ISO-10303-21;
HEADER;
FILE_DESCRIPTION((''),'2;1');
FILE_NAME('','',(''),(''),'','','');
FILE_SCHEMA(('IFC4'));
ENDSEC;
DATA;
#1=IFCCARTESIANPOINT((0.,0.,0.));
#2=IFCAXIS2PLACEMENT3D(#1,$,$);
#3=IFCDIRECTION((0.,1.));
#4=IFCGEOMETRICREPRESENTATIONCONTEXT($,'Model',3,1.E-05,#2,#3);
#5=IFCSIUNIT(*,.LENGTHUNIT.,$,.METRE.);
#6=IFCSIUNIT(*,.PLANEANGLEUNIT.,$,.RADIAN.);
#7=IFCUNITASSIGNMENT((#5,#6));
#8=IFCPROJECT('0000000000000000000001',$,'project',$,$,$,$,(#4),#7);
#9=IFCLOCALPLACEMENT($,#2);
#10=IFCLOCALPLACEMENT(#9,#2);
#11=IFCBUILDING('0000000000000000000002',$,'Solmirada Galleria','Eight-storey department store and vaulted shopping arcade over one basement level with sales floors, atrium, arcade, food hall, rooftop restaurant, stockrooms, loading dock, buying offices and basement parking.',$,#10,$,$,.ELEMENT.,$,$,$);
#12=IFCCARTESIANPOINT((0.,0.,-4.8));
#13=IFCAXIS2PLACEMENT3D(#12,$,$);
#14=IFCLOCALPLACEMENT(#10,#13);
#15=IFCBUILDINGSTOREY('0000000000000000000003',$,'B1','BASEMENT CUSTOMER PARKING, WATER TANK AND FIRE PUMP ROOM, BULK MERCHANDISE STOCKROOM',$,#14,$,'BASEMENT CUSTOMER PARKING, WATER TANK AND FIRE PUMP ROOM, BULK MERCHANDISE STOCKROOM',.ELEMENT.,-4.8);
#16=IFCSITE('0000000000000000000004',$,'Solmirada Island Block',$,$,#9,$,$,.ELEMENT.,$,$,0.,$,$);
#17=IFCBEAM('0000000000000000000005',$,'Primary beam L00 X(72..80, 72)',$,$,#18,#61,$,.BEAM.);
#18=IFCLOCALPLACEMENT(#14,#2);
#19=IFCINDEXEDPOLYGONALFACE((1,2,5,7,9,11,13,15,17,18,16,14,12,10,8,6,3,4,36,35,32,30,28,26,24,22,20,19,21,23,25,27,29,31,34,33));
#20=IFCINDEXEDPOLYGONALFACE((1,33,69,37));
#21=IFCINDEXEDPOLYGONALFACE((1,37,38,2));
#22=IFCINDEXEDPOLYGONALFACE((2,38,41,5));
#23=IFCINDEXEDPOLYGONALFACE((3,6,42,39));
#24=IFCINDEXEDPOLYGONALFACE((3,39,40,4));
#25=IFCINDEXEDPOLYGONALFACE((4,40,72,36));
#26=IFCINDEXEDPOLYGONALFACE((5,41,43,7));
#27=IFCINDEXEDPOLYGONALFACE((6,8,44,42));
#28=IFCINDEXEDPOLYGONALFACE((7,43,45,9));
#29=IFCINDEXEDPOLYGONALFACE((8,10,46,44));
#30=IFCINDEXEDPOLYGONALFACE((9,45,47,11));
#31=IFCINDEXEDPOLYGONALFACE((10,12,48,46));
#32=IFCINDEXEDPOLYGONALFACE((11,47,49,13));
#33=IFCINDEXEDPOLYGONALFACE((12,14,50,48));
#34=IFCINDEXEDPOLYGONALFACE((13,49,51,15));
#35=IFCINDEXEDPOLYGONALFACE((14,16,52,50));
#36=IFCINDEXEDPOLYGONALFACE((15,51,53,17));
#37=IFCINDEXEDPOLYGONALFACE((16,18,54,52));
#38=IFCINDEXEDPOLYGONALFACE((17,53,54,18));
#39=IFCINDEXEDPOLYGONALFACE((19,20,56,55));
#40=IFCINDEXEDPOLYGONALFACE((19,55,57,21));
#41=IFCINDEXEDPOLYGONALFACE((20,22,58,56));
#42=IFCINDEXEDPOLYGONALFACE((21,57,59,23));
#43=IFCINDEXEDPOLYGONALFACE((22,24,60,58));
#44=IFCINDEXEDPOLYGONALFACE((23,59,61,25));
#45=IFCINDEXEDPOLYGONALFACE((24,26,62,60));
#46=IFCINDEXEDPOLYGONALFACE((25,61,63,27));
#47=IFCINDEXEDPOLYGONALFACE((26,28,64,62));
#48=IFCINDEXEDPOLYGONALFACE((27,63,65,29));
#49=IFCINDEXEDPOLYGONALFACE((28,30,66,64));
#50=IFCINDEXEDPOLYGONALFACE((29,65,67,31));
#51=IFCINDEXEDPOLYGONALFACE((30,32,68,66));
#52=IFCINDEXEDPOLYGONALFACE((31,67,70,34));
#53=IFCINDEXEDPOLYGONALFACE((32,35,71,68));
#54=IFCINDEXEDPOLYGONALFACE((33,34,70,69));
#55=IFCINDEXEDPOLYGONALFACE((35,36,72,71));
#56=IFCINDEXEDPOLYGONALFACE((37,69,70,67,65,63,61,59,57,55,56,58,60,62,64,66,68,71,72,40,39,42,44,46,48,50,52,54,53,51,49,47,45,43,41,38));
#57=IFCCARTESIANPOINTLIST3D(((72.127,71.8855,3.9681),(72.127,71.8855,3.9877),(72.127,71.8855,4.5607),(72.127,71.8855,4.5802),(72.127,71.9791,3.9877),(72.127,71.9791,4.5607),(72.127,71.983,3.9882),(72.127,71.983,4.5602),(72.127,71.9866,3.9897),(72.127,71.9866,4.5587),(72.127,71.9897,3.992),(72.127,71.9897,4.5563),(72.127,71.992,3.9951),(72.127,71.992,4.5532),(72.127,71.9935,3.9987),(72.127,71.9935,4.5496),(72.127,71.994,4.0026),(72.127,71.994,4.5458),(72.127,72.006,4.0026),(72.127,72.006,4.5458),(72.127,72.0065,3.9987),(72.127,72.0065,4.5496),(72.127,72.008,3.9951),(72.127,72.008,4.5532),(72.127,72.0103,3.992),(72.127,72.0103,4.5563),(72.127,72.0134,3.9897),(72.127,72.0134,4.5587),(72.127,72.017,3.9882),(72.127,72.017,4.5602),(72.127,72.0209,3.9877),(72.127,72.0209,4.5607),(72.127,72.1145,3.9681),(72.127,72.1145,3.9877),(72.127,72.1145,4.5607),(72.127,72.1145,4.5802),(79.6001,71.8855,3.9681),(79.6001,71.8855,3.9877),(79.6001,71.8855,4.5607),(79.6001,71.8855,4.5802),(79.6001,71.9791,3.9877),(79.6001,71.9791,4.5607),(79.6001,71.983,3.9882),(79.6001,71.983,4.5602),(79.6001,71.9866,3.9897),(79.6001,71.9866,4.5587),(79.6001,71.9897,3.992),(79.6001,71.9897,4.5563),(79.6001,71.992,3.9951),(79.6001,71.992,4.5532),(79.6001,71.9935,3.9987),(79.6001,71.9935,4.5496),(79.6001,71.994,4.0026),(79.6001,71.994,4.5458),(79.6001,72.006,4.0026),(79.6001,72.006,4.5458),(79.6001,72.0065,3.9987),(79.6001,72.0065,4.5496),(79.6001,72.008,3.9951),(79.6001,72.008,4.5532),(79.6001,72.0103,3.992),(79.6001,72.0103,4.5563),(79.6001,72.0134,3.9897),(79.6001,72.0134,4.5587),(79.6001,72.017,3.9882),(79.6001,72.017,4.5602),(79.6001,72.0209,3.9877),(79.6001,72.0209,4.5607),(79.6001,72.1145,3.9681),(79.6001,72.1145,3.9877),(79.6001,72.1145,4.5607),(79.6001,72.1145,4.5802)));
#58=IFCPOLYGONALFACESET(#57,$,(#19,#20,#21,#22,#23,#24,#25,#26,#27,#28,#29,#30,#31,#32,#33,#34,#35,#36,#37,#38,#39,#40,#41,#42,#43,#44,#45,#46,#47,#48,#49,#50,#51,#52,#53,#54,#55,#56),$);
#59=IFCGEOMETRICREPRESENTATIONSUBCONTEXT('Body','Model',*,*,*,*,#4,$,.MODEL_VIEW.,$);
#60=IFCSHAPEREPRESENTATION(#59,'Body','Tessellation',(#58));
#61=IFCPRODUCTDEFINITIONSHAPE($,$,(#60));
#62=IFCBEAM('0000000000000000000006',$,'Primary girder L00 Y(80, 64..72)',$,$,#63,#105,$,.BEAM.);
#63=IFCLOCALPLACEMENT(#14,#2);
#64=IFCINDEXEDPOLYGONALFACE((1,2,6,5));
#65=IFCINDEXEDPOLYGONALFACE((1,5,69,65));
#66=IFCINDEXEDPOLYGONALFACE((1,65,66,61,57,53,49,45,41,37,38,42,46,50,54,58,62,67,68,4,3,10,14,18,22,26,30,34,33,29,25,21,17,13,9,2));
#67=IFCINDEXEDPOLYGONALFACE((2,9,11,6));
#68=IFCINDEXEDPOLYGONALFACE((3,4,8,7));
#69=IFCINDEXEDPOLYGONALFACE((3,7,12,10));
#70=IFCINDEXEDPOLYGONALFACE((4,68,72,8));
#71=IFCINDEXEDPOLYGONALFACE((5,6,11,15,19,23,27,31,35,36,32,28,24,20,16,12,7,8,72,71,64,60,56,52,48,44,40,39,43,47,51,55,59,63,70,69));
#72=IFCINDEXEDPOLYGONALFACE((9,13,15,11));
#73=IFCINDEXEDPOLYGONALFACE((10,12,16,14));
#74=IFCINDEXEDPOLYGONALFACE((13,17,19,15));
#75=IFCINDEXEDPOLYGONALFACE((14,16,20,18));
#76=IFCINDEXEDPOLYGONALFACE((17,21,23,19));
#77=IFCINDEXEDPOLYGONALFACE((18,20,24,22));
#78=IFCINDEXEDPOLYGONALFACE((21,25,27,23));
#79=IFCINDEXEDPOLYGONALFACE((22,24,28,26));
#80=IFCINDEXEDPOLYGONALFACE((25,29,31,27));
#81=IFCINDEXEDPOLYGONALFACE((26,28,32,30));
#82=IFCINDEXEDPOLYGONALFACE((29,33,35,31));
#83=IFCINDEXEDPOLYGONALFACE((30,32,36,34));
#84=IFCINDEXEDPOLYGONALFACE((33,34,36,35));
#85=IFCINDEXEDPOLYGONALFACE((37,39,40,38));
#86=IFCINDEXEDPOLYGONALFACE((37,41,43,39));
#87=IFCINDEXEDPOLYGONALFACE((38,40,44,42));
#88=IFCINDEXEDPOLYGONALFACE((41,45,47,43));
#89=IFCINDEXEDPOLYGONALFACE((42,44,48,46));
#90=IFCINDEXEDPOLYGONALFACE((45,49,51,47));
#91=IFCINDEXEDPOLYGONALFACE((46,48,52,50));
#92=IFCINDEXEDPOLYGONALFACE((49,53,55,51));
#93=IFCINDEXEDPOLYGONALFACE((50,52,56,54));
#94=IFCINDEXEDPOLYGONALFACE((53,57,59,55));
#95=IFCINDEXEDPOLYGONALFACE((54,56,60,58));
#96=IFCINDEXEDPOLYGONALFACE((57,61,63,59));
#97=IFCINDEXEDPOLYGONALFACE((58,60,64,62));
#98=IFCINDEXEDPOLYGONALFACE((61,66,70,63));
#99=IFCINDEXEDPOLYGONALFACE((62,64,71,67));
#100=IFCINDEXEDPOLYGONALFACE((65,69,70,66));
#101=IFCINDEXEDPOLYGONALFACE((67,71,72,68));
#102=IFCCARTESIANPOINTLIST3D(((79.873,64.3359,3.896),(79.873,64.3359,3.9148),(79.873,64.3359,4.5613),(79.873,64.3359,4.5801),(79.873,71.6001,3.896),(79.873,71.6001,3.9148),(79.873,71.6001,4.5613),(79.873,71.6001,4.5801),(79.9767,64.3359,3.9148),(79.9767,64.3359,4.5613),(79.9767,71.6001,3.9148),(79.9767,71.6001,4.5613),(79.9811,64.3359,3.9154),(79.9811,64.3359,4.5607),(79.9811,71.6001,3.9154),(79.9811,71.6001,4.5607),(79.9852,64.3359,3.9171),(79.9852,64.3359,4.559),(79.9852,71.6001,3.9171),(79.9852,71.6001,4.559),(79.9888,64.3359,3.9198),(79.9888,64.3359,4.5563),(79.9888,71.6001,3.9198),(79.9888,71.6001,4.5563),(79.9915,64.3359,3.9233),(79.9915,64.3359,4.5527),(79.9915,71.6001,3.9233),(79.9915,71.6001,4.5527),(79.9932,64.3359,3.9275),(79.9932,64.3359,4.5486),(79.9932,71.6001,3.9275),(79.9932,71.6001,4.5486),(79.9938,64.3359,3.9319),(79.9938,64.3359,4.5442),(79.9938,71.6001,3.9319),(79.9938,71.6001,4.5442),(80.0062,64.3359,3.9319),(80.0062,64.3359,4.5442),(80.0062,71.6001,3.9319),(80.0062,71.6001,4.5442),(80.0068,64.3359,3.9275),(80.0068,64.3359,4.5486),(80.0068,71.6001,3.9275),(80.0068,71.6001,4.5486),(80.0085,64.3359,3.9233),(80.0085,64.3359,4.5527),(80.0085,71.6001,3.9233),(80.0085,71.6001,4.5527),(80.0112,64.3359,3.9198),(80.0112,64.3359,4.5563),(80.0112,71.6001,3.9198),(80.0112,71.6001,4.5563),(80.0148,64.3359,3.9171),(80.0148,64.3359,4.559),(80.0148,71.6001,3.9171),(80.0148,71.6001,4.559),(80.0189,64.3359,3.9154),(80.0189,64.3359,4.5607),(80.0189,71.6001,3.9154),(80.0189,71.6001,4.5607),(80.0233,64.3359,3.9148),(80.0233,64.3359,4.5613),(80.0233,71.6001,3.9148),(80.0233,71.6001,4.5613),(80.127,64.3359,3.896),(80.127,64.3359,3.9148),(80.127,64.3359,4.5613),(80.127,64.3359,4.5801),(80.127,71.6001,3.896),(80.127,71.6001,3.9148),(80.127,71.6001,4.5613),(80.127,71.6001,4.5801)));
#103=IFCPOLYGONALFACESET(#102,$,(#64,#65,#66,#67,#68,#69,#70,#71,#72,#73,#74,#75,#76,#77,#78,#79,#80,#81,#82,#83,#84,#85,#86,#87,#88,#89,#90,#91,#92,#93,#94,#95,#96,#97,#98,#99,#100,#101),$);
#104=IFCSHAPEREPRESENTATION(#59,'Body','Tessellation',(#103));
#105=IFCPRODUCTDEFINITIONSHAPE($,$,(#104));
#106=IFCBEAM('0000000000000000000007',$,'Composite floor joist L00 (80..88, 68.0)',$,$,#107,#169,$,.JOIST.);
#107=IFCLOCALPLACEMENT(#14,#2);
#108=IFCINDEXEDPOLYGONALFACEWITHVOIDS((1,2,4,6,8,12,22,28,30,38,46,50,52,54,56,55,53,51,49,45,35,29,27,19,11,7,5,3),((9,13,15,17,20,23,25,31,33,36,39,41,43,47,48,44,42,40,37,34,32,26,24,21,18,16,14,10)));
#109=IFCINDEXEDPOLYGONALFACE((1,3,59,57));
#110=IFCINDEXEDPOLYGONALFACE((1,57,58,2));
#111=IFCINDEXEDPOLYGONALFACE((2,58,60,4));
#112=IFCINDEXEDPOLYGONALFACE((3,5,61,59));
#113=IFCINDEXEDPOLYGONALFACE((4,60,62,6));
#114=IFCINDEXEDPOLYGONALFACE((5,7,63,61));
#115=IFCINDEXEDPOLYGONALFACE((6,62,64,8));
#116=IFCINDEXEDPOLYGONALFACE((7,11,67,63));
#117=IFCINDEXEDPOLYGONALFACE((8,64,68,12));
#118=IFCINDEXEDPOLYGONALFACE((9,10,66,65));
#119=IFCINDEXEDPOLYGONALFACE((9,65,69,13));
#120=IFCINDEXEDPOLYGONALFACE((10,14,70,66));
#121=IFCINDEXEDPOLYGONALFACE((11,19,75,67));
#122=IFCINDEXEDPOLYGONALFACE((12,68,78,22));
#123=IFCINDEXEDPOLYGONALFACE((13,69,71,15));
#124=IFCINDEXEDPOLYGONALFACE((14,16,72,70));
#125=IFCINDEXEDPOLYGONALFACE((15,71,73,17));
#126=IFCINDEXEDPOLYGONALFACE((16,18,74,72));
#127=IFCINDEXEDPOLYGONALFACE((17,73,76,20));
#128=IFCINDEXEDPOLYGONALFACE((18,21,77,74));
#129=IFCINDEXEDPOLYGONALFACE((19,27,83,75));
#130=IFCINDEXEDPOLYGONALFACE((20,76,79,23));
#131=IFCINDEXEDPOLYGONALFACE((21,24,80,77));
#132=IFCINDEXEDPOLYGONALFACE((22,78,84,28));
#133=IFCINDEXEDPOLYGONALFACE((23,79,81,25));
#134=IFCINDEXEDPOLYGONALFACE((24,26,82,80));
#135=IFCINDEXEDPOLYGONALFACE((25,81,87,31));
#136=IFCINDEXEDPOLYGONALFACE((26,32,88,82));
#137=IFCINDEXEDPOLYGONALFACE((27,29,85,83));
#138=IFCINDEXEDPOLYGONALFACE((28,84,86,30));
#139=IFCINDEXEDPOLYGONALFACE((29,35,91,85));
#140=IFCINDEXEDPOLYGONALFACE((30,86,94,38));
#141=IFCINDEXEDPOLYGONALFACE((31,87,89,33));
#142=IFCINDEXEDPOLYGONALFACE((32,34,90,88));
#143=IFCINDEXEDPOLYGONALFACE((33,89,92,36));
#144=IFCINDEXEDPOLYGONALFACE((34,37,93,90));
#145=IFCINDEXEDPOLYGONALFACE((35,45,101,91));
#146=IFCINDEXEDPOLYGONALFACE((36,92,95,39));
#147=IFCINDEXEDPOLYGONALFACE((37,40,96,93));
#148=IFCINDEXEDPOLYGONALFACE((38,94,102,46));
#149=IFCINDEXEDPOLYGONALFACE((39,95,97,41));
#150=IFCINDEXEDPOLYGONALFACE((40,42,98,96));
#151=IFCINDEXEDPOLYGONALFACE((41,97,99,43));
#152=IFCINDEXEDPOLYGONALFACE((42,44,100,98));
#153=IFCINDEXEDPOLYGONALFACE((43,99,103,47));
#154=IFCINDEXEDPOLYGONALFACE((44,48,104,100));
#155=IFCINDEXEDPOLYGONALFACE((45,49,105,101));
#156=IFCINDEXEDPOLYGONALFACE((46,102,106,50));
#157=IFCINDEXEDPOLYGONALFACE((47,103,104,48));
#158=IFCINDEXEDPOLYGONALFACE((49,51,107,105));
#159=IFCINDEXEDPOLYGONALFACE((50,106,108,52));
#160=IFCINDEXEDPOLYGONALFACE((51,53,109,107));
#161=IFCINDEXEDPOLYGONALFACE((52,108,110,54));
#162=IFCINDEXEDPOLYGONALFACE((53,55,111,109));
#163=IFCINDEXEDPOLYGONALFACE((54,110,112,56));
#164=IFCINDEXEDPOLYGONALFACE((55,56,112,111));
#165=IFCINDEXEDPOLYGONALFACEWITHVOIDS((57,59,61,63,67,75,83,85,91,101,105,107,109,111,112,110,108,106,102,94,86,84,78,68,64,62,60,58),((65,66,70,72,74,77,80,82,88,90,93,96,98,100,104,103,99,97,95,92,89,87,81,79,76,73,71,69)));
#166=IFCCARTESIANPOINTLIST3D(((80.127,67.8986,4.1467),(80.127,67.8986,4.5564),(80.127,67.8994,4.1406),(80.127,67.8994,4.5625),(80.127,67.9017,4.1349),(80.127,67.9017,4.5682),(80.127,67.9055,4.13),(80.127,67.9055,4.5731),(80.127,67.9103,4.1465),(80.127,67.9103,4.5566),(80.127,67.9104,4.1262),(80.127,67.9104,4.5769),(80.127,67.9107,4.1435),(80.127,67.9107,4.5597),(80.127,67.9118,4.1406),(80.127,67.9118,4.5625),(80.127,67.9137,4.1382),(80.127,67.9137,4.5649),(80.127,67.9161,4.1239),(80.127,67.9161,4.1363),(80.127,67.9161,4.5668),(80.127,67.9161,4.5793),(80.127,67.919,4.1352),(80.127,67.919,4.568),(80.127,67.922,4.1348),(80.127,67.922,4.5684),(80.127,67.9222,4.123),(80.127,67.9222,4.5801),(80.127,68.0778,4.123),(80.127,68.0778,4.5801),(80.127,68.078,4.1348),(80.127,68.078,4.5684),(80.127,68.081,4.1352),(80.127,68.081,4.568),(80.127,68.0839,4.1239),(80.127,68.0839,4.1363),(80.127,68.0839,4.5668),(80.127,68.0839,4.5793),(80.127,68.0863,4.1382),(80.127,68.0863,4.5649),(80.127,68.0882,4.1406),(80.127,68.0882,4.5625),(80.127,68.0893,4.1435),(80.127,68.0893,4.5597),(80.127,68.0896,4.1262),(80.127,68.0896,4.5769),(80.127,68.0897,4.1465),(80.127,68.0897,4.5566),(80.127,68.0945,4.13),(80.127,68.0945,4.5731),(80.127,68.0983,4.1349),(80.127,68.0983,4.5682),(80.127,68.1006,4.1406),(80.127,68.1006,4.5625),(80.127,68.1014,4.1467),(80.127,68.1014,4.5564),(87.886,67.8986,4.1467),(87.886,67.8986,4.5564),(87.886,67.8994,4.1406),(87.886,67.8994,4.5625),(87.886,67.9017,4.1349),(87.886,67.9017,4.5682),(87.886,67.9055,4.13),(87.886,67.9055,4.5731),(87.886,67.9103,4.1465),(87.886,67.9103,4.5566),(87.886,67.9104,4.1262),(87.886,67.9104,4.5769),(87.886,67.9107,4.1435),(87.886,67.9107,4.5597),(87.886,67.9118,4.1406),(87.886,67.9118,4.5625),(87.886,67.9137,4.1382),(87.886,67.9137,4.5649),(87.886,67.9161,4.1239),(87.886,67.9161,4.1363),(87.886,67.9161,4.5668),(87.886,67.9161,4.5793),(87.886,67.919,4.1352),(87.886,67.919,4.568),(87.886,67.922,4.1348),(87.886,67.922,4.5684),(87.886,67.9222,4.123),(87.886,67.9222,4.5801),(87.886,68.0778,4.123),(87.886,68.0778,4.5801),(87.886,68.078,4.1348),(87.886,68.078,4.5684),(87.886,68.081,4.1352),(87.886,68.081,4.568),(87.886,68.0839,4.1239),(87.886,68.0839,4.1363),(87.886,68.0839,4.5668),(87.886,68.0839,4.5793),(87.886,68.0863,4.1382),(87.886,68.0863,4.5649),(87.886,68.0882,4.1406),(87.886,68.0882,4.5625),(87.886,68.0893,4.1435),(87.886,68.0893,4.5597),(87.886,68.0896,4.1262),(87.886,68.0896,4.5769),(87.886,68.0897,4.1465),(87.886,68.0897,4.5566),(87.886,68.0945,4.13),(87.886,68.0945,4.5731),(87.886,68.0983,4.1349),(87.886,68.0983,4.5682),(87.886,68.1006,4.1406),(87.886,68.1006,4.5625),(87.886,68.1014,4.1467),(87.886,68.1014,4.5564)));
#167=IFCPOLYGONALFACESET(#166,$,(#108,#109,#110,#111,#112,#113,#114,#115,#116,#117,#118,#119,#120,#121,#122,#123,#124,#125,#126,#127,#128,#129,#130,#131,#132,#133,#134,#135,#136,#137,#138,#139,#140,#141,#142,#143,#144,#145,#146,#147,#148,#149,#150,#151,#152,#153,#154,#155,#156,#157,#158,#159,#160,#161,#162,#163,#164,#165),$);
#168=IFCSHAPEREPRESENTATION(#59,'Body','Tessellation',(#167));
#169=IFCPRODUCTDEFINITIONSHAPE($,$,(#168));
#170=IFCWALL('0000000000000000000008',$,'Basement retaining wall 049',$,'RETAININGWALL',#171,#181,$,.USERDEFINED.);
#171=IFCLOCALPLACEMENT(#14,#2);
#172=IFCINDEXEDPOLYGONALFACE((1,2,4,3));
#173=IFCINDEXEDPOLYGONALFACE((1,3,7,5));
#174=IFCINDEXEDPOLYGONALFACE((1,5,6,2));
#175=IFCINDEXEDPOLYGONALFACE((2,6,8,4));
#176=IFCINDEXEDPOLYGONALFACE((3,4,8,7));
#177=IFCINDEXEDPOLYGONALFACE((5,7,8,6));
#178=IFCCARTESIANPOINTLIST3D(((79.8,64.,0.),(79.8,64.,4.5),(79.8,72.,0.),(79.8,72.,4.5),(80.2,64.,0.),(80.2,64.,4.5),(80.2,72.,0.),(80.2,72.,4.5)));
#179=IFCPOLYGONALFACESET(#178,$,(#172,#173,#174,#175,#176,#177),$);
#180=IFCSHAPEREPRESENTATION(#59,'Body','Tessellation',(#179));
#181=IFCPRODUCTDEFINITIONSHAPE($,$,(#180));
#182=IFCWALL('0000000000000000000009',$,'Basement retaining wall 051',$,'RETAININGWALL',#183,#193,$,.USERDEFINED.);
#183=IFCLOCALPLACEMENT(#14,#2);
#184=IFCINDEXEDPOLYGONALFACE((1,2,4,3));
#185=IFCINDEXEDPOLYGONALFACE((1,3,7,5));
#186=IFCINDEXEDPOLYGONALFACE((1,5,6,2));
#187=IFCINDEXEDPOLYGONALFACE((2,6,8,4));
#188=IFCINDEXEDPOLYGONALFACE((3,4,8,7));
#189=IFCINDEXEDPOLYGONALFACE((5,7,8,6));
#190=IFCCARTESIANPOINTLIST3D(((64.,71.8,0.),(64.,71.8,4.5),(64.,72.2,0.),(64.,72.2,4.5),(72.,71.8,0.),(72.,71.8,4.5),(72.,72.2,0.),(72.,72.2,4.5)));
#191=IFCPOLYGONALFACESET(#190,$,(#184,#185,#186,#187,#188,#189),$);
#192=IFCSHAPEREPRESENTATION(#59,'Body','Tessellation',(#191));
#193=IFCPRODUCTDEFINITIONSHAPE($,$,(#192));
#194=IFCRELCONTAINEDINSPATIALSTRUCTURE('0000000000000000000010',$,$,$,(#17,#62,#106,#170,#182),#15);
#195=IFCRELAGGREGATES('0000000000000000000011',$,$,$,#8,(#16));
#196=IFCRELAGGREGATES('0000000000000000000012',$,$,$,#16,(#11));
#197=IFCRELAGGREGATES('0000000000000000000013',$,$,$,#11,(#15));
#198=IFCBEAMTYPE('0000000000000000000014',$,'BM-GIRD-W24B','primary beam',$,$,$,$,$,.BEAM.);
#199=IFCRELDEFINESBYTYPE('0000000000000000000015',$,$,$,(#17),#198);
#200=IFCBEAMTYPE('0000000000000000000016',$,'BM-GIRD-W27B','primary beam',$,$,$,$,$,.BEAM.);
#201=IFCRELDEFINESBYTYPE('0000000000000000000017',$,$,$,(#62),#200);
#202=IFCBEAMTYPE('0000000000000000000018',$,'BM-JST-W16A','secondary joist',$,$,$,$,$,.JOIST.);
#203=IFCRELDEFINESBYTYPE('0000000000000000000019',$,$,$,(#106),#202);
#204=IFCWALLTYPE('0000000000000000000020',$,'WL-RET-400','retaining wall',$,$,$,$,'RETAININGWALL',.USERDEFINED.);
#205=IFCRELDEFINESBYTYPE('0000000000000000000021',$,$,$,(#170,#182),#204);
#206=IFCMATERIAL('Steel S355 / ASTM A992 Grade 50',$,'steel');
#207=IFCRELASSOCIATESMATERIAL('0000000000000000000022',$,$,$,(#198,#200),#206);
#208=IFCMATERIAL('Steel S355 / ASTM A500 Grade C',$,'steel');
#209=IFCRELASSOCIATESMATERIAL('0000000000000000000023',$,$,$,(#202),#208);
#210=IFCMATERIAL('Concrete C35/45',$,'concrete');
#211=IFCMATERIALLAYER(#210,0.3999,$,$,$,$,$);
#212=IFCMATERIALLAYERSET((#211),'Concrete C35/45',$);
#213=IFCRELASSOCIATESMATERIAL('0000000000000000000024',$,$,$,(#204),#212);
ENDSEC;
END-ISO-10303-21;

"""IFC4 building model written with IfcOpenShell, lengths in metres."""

from ifc_helpers import new_model, si_unit, direction, frame, frame_2d, origin, origin_2d, place, context, subcontext, project, spatial, rectangle, hollow_rectangle, i_section, extrude, material, layer, layer_set, material_profile, profile_set, type_object, element, save


model = new_model("IFC4")

# Units and contexts
model_context = context("Model", 3, precision=1e-05, world=origin(), true_north=direction((0.0, 1.0)))
body_context = subcontext(model_context, "Body", "Model", "MODEL_VIEW")
ifc_project = project(units=[si_unit("LENGTHUNIT", "METRE"), si_unit("PLANEANGLEUNIT", "RADIAN")], contexts=[model_context])

# Site, building, storey
site_placement = place(None, origin())
site = spatial("IfcSite", under=ifc_project, at=site_placement, Name="Solmirada Island Block", CompositionType="ELEMENT", RefElevation=0.0)
building_placement = place(site_placement, origin())
building = spatial("IfcBuilding", under=site, at=building_placement, Name="Solmirada Galleria", Description="Eight-storey department store and vaulted shopping arcade over one basement level with sales floors, atrium, arcade, food hall, rooftop restaurant, stockrooms, loading dock, buying offices and basement parking.", CompositionType="ELEMENT")
storey_placement = place(building_placement, frame((0.0, 0.0, -4.8)))
storey = spatial("IfcBuildingStorey", under=building, at=storey_placement, Name="B1", Description="BASEMENT CUSTOMER PARKING, WATER TANK AND FIRE PUMP ROOM, BULK MERCHANDISE STOCKROOM", LongName="BASEMENT CUSTOMER PARKING, WATER TANK AND FIRE PUMP ROOM, BULK MERCHANDISE STOCKROOM", CompositionType="ELEMENT", Elevation=-4.8)

# Shared definitions
ifc_material_1 = material(Name="Concrete C35/45", Category="concrete")

# Shared definitions
ifc_material_2 = material(Name="Steel S355 / ASTM A500 Grade C", Category="steel")

# Beams
ifc_material_3 = material(Name="Steel S355 / ASTM A992 Grade 50", Category="steel")
ifc_material_profile_1 = material_profile(ifc_material_3, i_section(OverallWidth=0.229, OverallDepth=0.6121, WebThickness=0.012, FlangeThickness=0.0195, FilletRadius=0.0149, at=origin_2d()), Name="W24X84")
ifc_profile_set_1 = profile_set([ifc_material_profile_1], Name="Steel S355 / ASTM A992 Grade 50")
beam_type_1 = type_object("IfcBeamType", Name="BM-GIRD-W24B", Description="primary beam", PredefinedType="BEAM", material=ifc_profile_set_1)
beam_1_placement = place(storey_placement, frame((72.127, 72.0, 4.2742), z_axis=(1.0, 0.0, 0.0), x_axis=(0.0, 1.0, 0.0)))
element("IfcBeam", 1, at=beam_1_placement, inside=storey, type_object=beam_type_1, Name="Primary beam L00 X(72..80, 72)", PredefinedType="BEAM", context=body_context, shape_type="SweptSolid", body=[
    extrude(i_section(OverallWidth=0.229, OverallDepth=0.6121, WebThickness=0.012, FlangeThickness=0.0195, FilletRadius=0.0149, at=origin_2d()), origin(), (0.0, 0.0, 1.0), 7.4731),
])
ifc_material_profile_2 = material_profile(ifc_material_3, i_section(OverallWidth=0.2539, OverallDepth=0.6841, WebThickness=0.0125, FlangeThickness=0.0188, FilletRadius=0.0171, at=origin_2d()), Name="W27X94")
ifc_profile_set_2 = profile_set([ifc_material_profile_2], Name="Steel S355 / ASTM A992 Grade 50")
beam_type_2 = type_object("IfcBeamType", Name="BM-GIRD-W27B", Description="primary beam", PredefinedType="BEAM", material=ifc_profile_set_2)
beam_2_placement = place(storey_placement, frame((80.0, 64.3359, 4.238), z_axis=(0.0, 1.0, 0.0), x_axis=(-1.0, 0.0, 0.0)))
element("IfcBeam", 2, at=beam_2_placement, inside=storey, type_object=beam_type_2, Name="Primary girder L00 Y(80, 64..72)", PredefinedType="BEAM", context=body_context, shape_type="SweptSolid", body=[
    extrude(i_section(OverallWidth=0.2539, OverallDepth=0.6841, WebThickness=0.0125, FlangeThickness=0.0188, FilletRadius=0.0171, at=origin_2d()), origin(), (0.0, 0.0, 1.0), 7.2642),
])
ifc_material_profile_3 = material_profile(ifc_material_2, hollow_rectangle(XDim=0.2029, YDim=0.457, WallThickness=0.0117, InnerFilletRadius=0.0117, OuterFilletRadius=0.0237, at=origin_2d()), Name="HSS18X8X1/2")
ifc_profile_set_3 = profile_set([ifc_material_profile_3], Name="Steel S355 / ASTM A500 Grade C")
beam_type_3 = type_object("IfcBeamType", Name="BM-JST-W16A", Description="secondary joist", PredefinedType="JOIST", material=ifc_profile_set_3)
beam_3_placement = place(storey_placement, frame((80.127, 68.0, 4.3516), z_axis=(1.0, 0.0, 0.0), x_axis=(0.0, 1.0, 0.0)))
element("IfcBeam", 3, at=beam_3_placement, inside=storey, type_object=beam_type_3, Name="Composite floor joist L00 (80..88, 68.0)", PredefinedType="JOIST", context=body_context, shape_type="SweptSolid", body=[
    extrude(hollow_rectangle(XDim=0.2029, YDim=0.457, WallThickness=0.0117, InnerFilletRadius=0.0117, OuterFilletRadius=0.0237, at=origin_2d()), origin(), (0.0, 0.0, 1.0), 7.759),
])

# Walls
ifc_layer_1 = layer(ifc_material_1, 0.3999)
ifc_layer_set_1 = layer_set([ifc_layer_1], Name="Concrete C35/45")
wall_type = type_object("IfcWallType", Name="WL-RET-400", Description="retaining wall", ElementType="RETAININGWALL", PredefinedType="USERDEFINED", material=ifc_layer_set_1)
for number, where, z_axis, x_axis, name in (
    (4, (80.0, 64.0, 0.0), (0.0, 0.0, 1.0), (0.0, 1.0, 0.0), "Basement retaining wall 049"),
    (5, (72.0, 72.0, 0.0), (0.0, 0.0, 1.0), (-1.0, 0.0, 0.0), "Basement retaining wall 051"),
):
    element("IfcWall", number, at=place(storey_placement, frame(where, z_axis=z_axis, x_axis=x_axis)), inside=storey, type_object=wall_type, Name=name, ObjectType="RETAININGWALL", PredefinedType="USERDEFINED", context=body_context, shape_type="SweptSolid", body=[
        extrude(rectangle(XDim=8.0, YDim=0.3999, at=frame_2d((4.0, 0.0))), origin(), (0.0, 0.0, 1.0), 4.5),
    ])

save(model, "model.ifc")
